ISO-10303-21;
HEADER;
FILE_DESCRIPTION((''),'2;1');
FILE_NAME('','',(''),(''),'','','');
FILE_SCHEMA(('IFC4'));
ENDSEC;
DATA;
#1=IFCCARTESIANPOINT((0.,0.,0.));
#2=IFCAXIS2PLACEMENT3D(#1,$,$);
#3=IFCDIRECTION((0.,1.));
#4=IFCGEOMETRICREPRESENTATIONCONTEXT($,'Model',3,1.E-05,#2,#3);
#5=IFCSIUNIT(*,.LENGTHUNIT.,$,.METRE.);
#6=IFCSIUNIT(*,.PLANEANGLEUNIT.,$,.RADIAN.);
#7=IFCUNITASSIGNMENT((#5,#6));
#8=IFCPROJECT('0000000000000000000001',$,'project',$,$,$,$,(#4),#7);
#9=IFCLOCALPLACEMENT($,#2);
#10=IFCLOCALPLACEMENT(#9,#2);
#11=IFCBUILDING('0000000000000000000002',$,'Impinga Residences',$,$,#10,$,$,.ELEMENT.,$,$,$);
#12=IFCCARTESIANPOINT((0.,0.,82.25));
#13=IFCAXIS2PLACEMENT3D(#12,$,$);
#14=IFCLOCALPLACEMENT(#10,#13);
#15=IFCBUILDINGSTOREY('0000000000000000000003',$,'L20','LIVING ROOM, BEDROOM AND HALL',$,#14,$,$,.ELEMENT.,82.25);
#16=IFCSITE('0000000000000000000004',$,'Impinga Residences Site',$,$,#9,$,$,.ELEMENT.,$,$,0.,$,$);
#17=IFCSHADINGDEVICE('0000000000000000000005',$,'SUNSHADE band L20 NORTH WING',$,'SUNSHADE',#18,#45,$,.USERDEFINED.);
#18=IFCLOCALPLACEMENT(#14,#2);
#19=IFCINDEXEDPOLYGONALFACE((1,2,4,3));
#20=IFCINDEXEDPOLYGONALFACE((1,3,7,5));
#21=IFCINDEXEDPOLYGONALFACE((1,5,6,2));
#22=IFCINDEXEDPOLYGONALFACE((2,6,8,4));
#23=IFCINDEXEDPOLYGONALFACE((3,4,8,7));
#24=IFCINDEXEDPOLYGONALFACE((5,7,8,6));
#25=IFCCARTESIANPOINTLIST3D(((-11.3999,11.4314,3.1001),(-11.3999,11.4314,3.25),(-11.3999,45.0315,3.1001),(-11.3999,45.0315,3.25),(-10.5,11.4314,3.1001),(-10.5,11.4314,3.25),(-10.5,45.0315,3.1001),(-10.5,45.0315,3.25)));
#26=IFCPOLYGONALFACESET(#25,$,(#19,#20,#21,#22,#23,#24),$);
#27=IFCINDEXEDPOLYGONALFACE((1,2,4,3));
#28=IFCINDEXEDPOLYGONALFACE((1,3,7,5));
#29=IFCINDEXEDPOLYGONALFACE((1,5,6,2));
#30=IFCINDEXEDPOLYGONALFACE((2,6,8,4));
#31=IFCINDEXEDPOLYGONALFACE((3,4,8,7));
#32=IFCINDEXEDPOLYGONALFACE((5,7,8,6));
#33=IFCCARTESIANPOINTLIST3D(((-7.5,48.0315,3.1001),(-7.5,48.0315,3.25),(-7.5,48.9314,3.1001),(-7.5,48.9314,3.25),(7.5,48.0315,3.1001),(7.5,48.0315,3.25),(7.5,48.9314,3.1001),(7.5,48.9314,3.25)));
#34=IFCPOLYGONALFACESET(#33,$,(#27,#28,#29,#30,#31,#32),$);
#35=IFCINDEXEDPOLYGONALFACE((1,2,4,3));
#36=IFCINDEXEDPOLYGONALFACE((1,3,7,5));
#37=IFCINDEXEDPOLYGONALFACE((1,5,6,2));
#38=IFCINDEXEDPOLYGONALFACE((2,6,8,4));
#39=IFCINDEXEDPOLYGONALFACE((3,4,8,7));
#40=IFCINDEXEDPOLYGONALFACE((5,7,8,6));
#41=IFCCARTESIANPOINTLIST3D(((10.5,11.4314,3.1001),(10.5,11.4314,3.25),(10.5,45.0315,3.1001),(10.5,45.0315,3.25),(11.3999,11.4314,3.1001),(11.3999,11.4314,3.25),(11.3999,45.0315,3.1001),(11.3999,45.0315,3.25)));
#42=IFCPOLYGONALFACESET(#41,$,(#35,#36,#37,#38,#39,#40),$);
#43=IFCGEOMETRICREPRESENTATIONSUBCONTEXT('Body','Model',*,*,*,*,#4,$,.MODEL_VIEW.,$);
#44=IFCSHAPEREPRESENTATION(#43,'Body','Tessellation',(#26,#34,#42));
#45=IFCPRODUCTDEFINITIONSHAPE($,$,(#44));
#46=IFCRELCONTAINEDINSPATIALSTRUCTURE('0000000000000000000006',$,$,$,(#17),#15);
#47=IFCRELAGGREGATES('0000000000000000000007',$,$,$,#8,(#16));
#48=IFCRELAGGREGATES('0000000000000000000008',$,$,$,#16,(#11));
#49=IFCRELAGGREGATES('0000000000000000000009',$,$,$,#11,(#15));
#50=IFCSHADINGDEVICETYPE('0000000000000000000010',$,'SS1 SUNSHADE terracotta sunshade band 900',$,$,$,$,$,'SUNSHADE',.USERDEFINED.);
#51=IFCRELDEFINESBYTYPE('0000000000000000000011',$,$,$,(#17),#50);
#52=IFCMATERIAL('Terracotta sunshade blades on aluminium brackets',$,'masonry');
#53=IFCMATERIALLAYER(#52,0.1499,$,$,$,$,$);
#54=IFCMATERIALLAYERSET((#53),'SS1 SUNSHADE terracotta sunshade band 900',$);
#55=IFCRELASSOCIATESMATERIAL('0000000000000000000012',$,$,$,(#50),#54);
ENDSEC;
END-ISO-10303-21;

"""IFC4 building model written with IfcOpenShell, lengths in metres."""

from ifc_helpers import new_model, si_unit, direction, frame, origin, origin_2d, place, context, subcontext, project, spatial, rectangle, extrude, material, layer, layer_set, type_object, element, save


model = new_model("IFC4")

# Units and contexts
model_context = context("Model", 3, precision=1e-05, world=origin(), true_north=direction((0.0, 1.0)))
body_context = subcontext(model_context, "Body", "Model", "MODEL_VIEW")
ifc_project = project(units=[si_unit("LENGTHUNIT", "METRE"), si_unit("PLANEANGLEUNIT", "RADIAN")], contexts=[model_context])

# Site, building, storey
site_placement = place(None, origin())
site = spatial("IfcSite", under=ifc_project, at=site_placement, Name="Impinga Residences Site", CompositionType="ELEMENT", RefElevation=0.0)
building_placement = place(site_placement, origin())
building = spatial("IfcBuilding", under=site, at=building_placement, Name="Impinga Residences", CompositionType="ELEMENT")
storey_placement = place(building_placement, frame((0.0, 0.0, 82.25)))
storey = spatial("IfcBuildingStorey", under=building, at=storey_placement, Name="L20", Description="LIVING ROOM, BEDROOM AND HALL", CompositionType="ELEMENT", Elevation=82.25)

# Shading device
ifc_material_1 = material(Name="Terracotta sunshade blades on aluminium brackets", Category="masonry")
ifc_layer_1 = layer(ifc_material_1, 0.1499)
ifc_layer_set_1 = layer_set([ifc_layer_1], Name="SS1 SUNSHADE terracotta sunshade band 900")
shading_device_type = type_object("IfcShadingDeviceType", Name="SS1 SUNSHADE terracotta sunshade band 900", ElementType="SUNSHADE", PredefinedType="USERDEFINED", material=ifc_layer_set_1)
shading_device_placement = place(storey_placement, frame((-10.95, 28.2314, 3.1001), z_axis=(0.0, 0.0, 1.0), x_axis=(0.0, 1.0, 0.0)))
element("IfcShadingDevice", 1, at=shading_device_placement, inside=storey, type_object=shading_device_type, Name="SUNSHADE band L20 NORTH WING", ObjectType="SUNSHADE", PredefinedType="USERDEFINED", context=body_context, shape_type="SweptSolid", body=[
    extrude(rectangle(XDim=33.6001, YDim=0.8999, at=origin_2d()), origin(), (0.0, 0.0, 1.0), 0.1499),
    extrude(rectangle(XDim=15.0, YDim=0.8999, at=origin_2d()), frame((20.25, -10.95, 0.0), z_axis=(0.0, 0.0, 1.0), x_axis=(0.0, -1.0, 0.0)), (0.0, 0.0, 1.0), 0.1499),
    extrude(rectangle(XDim=33.6001, YDim=0.8999, at=origin_2d()), frame((0.0, -21.8999, 0.0), z_axis=(0.0, 0.0, 1.0), x_axis=(-1.0, 0.0, 0.0)), (0.0, 0.0, 1.0), 0.1499),
])

save(model, "model.ifc")
